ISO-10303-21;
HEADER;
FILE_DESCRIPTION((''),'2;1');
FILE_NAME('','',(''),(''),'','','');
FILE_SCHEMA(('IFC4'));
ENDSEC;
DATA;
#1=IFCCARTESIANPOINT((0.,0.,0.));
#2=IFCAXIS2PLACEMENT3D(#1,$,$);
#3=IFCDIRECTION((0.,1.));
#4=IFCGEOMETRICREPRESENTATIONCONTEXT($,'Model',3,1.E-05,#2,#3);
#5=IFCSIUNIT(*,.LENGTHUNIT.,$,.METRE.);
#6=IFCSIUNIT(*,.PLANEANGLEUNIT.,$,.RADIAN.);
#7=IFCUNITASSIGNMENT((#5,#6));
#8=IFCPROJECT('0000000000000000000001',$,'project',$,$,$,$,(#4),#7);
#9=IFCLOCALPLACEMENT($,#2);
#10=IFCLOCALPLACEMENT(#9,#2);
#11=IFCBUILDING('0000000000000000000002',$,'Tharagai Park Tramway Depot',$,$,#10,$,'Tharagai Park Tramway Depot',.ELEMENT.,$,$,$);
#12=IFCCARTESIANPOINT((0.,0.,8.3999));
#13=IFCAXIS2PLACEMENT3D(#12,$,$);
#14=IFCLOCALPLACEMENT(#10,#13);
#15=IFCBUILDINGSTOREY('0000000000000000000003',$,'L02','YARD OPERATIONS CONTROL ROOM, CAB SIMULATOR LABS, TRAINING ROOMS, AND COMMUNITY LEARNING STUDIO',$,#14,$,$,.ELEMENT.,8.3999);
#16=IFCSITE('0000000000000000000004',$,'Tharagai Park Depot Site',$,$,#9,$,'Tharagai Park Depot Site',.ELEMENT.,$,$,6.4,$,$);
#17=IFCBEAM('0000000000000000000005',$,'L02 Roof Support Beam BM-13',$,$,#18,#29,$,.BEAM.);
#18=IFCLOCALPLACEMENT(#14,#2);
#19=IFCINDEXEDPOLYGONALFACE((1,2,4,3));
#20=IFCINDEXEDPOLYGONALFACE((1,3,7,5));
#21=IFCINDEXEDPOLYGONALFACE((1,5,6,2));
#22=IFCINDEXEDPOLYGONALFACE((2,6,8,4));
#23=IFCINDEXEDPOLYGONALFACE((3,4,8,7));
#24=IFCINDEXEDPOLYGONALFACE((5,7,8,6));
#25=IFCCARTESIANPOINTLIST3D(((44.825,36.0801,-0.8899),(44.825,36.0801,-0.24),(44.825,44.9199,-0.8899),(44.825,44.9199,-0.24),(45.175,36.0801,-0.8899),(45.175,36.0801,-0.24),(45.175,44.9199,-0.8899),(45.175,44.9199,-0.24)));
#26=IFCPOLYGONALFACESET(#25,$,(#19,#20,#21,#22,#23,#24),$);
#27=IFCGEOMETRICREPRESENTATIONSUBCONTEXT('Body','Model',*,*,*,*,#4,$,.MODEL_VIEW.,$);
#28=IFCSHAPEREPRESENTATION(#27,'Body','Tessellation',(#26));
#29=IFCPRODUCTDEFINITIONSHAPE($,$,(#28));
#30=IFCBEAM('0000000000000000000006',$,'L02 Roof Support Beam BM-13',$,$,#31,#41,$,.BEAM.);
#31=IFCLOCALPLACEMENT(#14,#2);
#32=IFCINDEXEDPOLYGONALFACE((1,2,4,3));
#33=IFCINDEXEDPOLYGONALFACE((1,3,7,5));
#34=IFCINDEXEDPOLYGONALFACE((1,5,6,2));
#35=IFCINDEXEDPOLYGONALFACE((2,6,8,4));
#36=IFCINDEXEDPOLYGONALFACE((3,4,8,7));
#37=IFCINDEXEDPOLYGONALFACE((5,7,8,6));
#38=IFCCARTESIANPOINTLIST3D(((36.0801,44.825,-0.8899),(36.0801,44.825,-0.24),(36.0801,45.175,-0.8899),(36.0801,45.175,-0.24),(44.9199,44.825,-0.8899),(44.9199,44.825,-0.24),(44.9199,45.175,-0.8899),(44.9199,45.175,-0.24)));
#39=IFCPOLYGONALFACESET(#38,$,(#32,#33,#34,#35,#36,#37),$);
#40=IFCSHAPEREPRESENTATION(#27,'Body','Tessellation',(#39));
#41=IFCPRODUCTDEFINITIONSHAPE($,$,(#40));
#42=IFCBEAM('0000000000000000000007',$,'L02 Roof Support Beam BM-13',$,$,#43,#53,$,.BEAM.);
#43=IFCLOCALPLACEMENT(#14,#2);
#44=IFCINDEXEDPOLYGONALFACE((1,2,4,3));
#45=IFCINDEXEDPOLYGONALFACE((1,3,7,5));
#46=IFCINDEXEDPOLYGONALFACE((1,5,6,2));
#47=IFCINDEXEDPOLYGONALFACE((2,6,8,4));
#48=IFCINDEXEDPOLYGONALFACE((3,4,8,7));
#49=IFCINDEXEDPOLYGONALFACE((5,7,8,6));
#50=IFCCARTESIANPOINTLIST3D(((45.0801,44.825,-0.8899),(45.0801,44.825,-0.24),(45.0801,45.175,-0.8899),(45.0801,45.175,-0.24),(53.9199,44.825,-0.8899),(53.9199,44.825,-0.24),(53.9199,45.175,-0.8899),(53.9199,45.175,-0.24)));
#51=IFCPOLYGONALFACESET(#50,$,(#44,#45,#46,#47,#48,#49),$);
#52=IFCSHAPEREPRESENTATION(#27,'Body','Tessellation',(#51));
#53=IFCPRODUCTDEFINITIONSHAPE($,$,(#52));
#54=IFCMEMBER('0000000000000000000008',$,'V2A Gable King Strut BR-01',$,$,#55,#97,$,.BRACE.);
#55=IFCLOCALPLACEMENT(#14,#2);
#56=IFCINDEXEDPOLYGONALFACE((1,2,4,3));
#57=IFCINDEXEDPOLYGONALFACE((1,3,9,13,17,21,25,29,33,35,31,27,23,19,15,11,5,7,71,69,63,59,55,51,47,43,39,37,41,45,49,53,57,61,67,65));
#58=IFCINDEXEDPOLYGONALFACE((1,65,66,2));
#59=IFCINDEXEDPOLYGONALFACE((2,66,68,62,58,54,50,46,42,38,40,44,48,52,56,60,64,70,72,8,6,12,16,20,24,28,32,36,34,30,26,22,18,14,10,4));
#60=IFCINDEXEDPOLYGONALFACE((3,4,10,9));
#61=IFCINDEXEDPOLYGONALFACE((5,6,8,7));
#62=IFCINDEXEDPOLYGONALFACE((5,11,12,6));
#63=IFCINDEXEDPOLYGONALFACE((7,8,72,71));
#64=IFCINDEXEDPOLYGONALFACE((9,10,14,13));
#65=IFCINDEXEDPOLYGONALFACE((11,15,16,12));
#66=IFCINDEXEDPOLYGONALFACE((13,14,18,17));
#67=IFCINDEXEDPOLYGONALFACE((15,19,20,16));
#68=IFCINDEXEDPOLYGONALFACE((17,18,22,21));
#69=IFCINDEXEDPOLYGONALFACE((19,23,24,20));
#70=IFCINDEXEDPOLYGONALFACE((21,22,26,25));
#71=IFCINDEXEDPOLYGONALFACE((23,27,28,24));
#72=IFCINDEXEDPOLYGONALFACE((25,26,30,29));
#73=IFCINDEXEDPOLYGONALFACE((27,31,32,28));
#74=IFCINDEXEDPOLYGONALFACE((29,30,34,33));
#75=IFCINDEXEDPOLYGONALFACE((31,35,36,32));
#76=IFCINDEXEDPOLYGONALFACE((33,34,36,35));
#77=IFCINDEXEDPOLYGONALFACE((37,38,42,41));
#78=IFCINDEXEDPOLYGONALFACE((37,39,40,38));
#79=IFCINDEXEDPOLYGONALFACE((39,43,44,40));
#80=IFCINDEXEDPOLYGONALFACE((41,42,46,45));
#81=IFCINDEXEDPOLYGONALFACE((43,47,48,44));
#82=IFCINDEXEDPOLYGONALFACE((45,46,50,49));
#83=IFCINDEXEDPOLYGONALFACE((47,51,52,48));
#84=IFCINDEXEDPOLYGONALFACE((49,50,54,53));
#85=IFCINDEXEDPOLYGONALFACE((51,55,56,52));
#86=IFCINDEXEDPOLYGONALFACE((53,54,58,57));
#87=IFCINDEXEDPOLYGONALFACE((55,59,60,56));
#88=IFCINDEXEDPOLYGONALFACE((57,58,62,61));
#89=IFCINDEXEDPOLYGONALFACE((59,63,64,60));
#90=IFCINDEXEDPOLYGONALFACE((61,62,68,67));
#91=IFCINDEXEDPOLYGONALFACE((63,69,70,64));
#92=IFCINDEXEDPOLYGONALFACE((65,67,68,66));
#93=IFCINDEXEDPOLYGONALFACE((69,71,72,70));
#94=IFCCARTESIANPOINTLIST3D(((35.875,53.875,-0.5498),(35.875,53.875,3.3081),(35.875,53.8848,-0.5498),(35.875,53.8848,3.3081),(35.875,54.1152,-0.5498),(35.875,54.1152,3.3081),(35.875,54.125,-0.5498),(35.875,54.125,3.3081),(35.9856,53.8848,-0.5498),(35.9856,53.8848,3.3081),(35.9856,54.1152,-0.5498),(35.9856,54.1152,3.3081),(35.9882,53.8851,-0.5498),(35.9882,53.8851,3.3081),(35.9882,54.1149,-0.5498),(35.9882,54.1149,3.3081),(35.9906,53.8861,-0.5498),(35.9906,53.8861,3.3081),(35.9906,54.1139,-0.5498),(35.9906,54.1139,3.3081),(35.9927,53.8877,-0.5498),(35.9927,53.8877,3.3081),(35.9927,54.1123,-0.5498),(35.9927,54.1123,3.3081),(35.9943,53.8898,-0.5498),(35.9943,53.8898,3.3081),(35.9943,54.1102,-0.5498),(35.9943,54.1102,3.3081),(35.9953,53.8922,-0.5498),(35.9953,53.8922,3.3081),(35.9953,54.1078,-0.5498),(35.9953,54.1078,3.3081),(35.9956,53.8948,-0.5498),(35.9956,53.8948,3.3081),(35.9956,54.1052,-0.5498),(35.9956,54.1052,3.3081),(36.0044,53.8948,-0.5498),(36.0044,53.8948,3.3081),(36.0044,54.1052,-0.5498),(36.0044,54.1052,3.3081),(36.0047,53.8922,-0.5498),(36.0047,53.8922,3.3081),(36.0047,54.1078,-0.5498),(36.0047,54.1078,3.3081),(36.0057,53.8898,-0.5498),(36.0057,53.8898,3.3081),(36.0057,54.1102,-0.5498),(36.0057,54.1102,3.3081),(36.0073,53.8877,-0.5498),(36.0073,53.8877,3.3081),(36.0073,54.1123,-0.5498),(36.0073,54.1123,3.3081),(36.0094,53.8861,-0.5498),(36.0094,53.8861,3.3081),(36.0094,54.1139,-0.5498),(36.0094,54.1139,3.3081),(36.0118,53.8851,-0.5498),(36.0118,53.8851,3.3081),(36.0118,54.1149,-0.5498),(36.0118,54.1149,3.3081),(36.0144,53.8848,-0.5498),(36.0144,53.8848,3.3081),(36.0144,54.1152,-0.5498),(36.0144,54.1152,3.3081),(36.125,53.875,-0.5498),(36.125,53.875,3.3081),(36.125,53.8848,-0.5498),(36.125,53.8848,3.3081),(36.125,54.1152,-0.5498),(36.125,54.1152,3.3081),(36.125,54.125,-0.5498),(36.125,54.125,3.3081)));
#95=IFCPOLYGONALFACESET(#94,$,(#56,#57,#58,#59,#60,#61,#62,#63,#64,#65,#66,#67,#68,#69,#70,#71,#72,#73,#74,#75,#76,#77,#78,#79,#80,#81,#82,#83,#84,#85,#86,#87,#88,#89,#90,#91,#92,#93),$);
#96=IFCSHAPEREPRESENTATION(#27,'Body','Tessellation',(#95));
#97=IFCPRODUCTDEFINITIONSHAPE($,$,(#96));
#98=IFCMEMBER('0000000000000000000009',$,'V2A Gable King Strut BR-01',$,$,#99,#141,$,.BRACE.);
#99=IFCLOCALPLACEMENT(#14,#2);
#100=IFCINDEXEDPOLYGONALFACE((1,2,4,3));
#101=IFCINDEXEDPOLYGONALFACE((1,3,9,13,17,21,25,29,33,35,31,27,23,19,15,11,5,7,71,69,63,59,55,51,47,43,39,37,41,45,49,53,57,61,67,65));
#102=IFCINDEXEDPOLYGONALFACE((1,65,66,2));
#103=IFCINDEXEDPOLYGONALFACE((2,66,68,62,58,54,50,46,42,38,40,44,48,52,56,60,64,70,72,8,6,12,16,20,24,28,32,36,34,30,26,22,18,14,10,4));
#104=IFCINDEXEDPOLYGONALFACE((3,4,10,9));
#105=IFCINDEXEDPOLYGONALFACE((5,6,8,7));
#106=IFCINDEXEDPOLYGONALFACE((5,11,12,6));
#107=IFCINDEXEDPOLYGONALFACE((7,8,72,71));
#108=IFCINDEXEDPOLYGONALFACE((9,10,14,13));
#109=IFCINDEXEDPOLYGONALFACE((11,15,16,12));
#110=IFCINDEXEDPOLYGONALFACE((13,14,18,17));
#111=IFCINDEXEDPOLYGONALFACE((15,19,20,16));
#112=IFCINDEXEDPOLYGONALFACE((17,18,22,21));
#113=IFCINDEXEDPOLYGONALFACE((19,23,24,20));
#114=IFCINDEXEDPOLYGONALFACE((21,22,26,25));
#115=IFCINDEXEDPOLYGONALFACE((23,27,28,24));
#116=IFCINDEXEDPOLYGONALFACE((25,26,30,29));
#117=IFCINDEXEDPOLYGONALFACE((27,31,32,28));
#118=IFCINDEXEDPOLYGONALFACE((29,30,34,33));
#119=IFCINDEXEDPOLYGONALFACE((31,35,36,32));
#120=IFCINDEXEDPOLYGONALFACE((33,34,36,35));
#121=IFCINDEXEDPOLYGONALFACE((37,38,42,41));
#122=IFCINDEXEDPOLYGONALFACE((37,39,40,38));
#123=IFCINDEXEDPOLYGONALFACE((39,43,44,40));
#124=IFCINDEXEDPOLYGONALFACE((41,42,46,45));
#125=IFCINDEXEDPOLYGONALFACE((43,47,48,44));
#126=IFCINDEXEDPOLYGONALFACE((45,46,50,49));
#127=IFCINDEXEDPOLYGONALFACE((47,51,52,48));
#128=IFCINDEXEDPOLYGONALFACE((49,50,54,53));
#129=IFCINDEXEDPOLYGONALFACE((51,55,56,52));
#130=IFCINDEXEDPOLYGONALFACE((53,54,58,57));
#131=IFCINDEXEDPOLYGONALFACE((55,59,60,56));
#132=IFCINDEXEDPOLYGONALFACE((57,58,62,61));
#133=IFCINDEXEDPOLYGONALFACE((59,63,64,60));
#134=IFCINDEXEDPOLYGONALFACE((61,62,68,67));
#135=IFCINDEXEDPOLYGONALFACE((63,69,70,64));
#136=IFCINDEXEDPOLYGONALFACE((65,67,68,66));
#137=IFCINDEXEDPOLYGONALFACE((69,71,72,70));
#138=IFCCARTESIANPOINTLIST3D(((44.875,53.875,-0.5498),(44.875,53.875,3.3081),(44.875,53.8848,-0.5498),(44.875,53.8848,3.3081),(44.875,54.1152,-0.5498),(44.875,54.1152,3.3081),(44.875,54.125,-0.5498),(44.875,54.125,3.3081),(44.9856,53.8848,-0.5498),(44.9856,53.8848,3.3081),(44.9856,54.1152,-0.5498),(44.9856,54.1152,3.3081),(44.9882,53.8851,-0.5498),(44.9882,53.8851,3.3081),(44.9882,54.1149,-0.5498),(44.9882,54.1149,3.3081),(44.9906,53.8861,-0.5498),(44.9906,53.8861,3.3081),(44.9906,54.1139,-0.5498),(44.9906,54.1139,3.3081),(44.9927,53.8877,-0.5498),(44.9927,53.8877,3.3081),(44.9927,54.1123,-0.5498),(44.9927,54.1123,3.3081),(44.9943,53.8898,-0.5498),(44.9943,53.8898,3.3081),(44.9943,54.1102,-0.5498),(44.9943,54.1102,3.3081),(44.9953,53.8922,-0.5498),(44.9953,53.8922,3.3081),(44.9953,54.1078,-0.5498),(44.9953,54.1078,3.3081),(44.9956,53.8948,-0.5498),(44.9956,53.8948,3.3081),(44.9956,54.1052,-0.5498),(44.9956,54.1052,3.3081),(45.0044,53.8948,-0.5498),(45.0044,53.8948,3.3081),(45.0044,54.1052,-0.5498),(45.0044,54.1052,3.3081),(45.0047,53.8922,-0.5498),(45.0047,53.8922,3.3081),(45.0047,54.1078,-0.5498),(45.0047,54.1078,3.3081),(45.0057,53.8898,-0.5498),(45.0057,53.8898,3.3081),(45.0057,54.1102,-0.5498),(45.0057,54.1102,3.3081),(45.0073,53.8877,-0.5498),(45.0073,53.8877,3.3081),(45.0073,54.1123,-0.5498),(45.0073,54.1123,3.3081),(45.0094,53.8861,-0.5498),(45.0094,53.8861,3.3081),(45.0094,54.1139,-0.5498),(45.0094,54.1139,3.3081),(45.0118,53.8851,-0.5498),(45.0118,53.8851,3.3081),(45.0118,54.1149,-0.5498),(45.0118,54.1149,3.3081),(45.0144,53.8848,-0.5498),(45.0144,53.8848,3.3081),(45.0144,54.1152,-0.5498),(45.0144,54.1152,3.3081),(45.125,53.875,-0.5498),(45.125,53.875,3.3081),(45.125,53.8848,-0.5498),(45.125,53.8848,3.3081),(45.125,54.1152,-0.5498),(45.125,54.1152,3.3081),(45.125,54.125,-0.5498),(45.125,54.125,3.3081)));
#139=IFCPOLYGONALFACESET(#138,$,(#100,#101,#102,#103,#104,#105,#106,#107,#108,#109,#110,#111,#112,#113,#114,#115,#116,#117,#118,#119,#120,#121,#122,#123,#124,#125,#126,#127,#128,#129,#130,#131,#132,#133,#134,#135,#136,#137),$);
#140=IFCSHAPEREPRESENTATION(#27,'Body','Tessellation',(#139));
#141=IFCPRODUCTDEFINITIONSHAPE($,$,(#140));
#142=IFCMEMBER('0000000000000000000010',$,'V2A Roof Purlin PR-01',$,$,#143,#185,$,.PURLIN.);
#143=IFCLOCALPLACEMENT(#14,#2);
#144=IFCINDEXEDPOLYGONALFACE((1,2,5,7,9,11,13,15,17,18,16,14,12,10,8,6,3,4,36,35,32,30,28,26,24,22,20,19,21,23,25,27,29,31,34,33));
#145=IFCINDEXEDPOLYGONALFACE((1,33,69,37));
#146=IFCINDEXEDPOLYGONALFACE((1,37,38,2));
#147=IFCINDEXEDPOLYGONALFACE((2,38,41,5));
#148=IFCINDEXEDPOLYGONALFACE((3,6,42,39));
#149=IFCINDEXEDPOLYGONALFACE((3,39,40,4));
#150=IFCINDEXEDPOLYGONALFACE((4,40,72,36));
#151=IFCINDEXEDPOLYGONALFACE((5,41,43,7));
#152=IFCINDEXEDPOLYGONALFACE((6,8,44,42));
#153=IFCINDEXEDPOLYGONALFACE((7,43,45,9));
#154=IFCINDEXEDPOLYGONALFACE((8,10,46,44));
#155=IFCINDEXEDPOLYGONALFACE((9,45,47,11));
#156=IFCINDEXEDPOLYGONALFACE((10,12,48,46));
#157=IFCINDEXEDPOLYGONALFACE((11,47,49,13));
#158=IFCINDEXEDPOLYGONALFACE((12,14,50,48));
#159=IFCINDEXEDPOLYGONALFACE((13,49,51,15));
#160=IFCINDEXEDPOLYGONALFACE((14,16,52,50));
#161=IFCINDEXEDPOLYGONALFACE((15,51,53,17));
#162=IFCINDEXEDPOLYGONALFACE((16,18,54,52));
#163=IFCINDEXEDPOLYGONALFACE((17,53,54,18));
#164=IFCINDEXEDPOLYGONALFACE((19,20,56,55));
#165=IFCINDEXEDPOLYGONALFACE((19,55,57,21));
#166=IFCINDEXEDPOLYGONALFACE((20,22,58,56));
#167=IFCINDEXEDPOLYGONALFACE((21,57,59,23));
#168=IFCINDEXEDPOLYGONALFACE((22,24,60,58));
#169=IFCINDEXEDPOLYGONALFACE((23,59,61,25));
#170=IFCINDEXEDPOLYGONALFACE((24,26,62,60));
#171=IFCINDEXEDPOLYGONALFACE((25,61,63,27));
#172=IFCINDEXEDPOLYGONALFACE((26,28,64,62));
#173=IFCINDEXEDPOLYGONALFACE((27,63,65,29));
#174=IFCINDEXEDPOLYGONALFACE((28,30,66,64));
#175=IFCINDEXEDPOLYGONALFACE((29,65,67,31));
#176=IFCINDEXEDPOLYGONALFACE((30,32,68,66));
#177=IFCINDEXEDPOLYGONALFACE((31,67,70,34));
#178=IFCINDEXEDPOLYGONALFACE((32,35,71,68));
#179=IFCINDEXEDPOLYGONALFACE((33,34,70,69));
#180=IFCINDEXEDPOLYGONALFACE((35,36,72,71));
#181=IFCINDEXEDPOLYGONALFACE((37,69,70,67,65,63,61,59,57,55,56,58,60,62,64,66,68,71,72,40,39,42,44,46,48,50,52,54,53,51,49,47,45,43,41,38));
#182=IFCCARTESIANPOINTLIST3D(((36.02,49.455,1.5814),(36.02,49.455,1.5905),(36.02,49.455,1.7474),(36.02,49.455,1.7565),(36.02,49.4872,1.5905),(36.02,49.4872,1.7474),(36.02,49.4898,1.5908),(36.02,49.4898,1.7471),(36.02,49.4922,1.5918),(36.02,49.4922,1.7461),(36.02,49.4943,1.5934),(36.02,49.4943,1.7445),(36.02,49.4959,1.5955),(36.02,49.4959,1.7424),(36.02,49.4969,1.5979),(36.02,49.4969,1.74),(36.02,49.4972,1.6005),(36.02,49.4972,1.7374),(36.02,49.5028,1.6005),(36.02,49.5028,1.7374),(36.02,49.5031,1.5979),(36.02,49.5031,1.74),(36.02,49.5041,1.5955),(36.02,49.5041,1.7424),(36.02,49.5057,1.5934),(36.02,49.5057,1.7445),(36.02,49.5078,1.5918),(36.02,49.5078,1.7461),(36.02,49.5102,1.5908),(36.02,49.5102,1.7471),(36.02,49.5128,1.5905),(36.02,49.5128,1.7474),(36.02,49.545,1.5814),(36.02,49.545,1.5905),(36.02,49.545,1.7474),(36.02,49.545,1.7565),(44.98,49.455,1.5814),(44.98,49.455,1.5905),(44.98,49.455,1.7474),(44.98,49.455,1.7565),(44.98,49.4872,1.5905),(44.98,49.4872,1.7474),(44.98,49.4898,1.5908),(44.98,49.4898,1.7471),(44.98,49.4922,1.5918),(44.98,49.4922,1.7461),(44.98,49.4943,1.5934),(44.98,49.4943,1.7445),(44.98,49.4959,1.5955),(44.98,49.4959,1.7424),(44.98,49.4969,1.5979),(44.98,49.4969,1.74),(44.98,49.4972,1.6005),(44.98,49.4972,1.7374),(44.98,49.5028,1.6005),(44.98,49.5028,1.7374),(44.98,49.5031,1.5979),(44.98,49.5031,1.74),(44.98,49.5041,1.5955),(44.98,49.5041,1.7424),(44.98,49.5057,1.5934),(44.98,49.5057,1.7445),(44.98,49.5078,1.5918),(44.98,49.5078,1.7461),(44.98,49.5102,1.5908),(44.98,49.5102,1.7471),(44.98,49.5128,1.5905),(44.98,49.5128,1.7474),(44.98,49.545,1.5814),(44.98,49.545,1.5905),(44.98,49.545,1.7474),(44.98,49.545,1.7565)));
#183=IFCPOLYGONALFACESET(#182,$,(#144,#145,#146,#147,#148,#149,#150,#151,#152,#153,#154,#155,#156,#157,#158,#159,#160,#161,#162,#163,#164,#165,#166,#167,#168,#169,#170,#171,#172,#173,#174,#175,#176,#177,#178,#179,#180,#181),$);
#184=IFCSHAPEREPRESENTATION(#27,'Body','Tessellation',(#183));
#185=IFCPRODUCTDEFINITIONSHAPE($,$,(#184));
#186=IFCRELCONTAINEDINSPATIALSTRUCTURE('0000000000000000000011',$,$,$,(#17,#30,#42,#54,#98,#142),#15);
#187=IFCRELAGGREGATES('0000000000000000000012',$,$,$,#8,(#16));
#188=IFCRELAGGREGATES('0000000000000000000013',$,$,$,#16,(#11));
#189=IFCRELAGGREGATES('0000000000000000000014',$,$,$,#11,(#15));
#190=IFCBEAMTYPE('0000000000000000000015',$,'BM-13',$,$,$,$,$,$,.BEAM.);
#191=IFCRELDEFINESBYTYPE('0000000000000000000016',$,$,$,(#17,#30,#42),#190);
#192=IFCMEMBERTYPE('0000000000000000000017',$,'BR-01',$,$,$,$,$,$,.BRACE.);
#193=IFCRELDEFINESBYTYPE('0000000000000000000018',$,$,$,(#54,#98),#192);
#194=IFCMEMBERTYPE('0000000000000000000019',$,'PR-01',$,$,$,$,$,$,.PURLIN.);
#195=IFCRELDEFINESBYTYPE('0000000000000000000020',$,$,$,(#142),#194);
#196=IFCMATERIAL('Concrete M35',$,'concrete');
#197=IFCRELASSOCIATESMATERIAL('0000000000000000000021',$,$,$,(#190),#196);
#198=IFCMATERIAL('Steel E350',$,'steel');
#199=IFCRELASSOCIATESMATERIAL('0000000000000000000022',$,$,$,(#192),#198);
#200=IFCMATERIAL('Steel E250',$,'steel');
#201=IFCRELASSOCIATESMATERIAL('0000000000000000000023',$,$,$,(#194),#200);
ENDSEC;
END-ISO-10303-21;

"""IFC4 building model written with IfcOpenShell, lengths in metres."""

from ifc_helpers import new_model, si_unit, direction, frame, origin, origin_2d, place, context, subcontext, project, spatial, rectangle, i_section, extrude, material, material_profile, profile_set, type_object, element, save


model = new_model("IFC4")

# Units and contexts
model_context = context("Model", 3, precision=1e-05, world=origin(), true_north=direction((0.0, 1.0)))
body_context = subcontext(model_context, "Body", "Model", "MODEL_VIEW")
ifc_project = project(units=[si_unit("LENGTHUNIT", "METRE"), si_unit("PLANEANGLEUNIT", "RADIAN")], contexts=[model_context])

# Site, building, storey
site_placement = place(None, origin())
site = spatial("IfcSite", under=ifc_project, at=site_placement, Name="Tharagai Park Depot Site", LongName="Tharagai Park Depot Site", CompositionType="ELEMENT", RefElevation=6.4)
building_placement = place(site_placement, origin())
building = spatial("IfcBuilding", under=site, at=building_placement, Name="Tharagai Park Tramway Depot", LongName="Tharagai Park Tramway Depot", CompositionType="ELEMENT")
storey_placement = place(building_placement, frame((0.0, 0.0, 8.3999)))
storey = spatial("IfcBuildingStorey", under=building, at=storey_placement, Name="L02", Description="YARD OPERATIONS CONTROL ROOM, CAB SIMULATOR LABS, TRAINING ROOMS, AND COMMUNITY LEARNING STUDIO", CompositionType="ELEMENT", Elevation=8.3999)

# Beams
ifc_material_1 = material(Name="Steel E350", Category="steel")
ifc_material_2 = material(Name="Concrete M35", Category="concrete")
ifc_material_profile_1 = material_profile(ifc_material_2, rectangle(XDim=0.3501, YDim=0.6499, at=origin_2d()), Name="RC 350x650")
ifc_profile_set_1 = profile_set([ifc_material_profile_1], Name="Concrete M35")
beam_type_1 = type_object("IfcBeamType", Name="BM-13", PredefinedType="BEAM", material=ifc_profile_set_1)
for number, where, z_axis, x_axis, name in (
    (1, (45.0, 36.0801, -0.5649), (0.0, 1.0, 0.0), (-1.0, 0.0, 0.0), "L02 Roof Support Beam BM-13"),
    (2, (36.0801, 45.0, -0.5649), (1.0, 0.0, 0.0), (0.0, 1.0, 0.0), "L02 Roof Support Beam BM-13"),
    (3, (45.0801, 45.0, -0.5649), (1.0, 0.0, 0.0), (0.0, 1.0, 0.0), "L02 Roof Support Beam BM-13"),
):
    element("IfcBeam", number, at=place(storey_placement, frame(where, z_axis=z_axis, x_axis=x_axis)), inside=storey, type_object=beam_type_1, Name=name, PredefinedType="BEAM", context=body_context, shape_type="SweptSolid", body=[
        extrude(rectangle(XDim=0.3501, YDim=0.6499, at=origin_2d()), origin(), (0.0, 0.0, 1.0), 8.8398),
    ])

# Members
ifc_material_profile_2 = material_profile(ifc_material_1, i_section(OverallWidth=0.25, OverallDepth=0.25, WebThickness=0.0088, FlangeThickness=0.0098, FilletRadius=0.01, at=origin_2d()), Name="ISHB 250")
ifc_profile_set_2 = profile_set([ifc_material_profile_2], Name="Steel E350")
member_type_1 = type_object("IfcMemberType", Name="BR-01", PredefinedType="BRACE", material=ifc_profile_set_2)
for number, where, z_axis, x_axis, name in (
    (4, (36.0, 54.0, -0.5498), (0.0, 0.0, 1.0), (1.0, 0.0, 0.0), "V2A Gable King Strut BR-01"),
    (5, (45.0, 54.0, -0.5498), (0.0, 0.0, 1.0), (1.0, 0.0, 0.0), "V2A Gable King Strut BR-01"),
):
    element("IfcMember", number, at=place(storey_placement, frame(where, z_axis=z_axis, x_axis=x_axis)), inside=storey, type_object=member_type_1, Name=name, PredefinedType="BRACE", context=body_context, shape_type="SweptSolid", body=[
        extrude(i_section(OverallWidth=0.25, OverallDepth=0.25, WebThickness=0.0088, FlangeThickness=0.0098, FilletRadius=0.01, at=origin_2d()), origin(), (0.0, 0.0, 1.0), 3.8579),
    ])
ifc_material_3 = material(Name="Steel E250", Category="steel")
ifc_material_profile_3 = material_profile(ifc_material_3, i_section(OverallWidth=0.0901, OverallDepth=0.175, WebThickness=0.0056, FlangeThickness=0.009, FilletRadius=0.01, at=origin_2d()), Name="ISMB 175")
ifc_profile_set_3 = profile_set([ifc_material_profile_3], Name="Steel E250")
member_type_2 = type_object("IfcMemberType", Name="PR-01", PredefinedType="PURLIN", material=ifc_profile_set_3)
for number, where, z_axis, x_axis, name in (
    (6, (36.02, 49.5, 1.6689), (1.0, 0.0, 0.0), (0.0, 1.0, 0.0), "V2A Roof Purlin PR-01"),
):
    element("IfcMember", number, at=place(storey_placement, frame(where, z_axis=z_axis, x_axis=x_axis)), inside=storey, type_object=member_type_2, Name=name, PredefinedType="PURLIN", context=body_context, shape_type="SweptSolid", body=[
        extrude(i_section(OverallWidth=0.0901, OverallDepth=0.175, WebThickness=0.0056, FlangeThickness=0.009, FilletRadius=0.01, at=origin_2d()), origin(), (0.0, 0.0, 1.0), 8.96),
    ])

save(model, "model.ifc")
